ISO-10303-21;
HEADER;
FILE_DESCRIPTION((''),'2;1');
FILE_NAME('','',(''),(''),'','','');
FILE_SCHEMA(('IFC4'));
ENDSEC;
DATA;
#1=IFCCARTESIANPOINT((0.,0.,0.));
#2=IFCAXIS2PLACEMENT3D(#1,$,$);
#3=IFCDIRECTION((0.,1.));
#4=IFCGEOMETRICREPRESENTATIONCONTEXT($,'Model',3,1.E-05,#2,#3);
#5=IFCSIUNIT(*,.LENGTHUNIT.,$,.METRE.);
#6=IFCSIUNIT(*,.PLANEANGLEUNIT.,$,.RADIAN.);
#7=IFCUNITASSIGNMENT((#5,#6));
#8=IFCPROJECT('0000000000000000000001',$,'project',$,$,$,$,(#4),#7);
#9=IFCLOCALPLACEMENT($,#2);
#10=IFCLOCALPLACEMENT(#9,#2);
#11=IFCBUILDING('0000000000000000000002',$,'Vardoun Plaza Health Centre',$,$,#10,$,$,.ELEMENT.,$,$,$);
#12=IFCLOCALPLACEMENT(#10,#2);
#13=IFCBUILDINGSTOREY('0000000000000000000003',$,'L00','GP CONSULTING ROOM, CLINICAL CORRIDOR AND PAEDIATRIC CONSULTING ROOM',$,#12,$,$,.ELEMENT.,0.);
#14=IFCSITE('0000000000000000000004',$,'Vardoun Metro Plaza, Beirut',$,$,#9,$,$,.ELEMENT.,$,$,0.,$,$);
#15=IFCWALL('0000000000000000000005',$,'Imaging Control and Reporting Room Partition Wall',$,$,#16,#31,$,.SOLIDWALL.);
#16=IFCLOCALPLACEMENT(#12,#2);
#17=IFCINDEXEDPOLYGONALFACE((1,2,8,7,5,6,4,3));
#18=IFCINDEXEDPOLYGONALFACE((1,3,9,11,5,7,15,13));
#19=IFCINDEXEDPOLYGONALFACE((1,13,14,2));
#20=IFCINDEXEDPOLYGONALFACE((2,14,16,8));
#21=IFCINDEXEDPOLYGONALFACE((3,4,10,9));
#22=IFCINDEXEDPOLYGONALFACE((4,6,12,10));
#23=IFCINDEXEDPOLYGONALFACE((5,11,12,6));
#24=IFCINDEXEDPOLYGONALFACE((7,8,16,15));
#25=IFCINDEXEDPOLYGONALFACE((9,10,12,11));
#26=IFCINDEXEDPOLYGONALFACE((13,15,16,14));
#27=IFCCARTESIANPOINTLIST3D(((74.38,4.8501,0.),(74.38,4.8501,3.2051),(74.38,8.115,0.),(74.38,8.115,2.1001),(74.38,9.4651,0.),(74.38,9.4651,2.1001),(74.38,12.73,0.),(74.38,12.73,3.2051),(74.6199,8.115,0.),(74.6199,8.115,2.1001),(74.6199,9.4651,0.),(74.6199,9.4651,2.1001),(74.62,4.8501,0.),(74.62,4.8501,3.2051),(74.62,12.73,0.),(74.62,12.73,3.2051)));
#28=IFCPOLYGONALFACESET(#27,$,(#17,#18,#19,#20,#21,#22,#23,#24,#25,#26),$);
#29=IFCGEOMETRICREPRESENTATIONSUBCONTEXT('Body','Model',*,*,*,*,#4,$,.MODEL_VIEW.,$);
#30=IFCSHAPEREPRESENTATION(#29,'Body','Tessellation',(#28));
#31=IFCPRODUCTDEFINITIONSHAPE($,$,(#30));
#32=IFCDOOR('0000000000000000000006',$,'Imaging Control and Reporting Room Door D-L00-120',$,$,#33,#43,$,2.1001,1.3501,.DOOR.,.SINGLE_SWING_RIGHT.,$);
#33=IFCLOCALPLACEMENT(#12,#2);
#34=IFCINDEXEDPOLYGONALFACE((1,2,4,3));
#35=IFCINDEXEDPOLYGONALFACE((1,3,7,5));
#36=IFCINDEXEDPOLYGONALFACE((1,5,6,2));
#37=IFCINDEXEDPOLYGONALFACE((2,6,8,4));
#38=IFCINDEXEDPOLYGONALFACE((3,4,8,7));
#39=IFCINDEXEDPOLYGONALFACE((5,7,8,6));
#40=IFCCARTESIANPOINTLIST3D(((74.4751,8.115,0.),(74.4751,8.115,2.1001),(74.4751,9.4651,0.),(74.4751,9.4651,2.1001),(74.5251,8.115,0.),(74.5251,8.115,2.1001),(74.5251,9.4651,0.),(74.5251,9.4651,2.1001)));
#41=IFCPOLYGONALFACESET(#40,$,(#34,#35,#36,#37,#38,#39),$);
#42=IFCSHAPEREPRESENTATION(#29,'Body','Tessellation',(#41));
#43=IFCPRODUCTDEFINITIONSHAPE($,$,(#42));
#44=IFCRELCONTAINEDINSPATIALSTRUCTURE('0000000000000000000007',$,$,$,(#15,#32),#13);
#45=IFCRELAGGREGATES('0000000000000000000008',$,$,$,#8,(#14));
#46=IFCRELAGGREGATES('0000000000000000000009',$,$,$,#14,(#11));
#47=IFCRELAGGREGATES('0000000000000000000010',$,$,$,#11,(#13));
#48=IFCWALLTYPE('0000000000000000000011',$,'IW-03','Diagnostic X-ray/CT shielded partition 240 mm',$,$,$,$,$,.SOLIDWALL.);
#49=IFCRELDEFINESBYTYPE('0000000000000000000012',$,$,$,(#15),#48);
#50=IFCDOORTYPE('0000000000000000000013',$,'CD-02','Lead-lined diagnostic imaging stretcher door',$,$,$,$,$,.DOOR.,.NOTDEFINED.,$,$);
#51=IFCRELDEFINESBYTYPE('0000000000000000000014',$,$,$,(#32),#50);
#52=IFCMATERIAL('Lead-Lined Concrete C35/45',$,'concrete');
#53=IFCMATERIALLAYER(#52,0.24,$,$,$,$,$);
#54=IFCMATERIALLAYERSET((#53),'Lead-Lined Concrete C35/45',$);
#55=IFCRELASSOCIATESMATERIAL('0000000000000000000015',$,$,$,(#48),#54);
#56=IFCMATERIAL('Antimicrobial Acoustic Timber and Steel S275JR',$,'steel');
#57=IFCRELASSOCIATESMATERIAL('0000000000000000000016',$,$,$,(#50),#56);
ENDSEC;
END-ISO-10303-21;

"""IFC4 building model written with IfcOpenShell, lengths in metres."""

from ifc_helpers import new_model, si_unit, direction, frame, frame_2d, origin, place, context, subcontext, project, spatial, rectangle, extrude, material, layer, layer_set, type_object, element, fill, save


model = new_model("IFC4")

# Units and contexts
model_context = context("Model", 3, precision=1e-05, world=origin(), true_north=direction((0.0, 1.0)))
body_context = subcontext(model_context, "Body", "Model", "MODEL_VIEW")
ifc_project = project(units=[si_unit("LENGTHUNIT", "METRE"), si_unit("PLANEANGLEUNIT", "RADIAN")], contexts=[model_context])

# Site, building, storey
site_placement = place(None, origin())
site = spatial("IfcSite", under=ifc_project, at=site_placement, Name="Vardoun Metro Plaza, Beirut", CompositionType="ELEMENT", RefElevation=0.0)
building_placement = place(site_placement, origin())
building = spatial("IfcBuilding", under=site, at=building_placement, Name="Vardoun Plaza Health Centre", CompositionType="ELEMENT")
storey_placement = place(building_placement, origin())
storey = spatial("IfcBuildingStorey", under=building, at=storey_placement, Name="L00", Description="GP CONSULTING ROOM, CLINICAL CORRIDOR AND PAEDIATRIC CONSULTING ROOM", CompositionType="ELEMENT", Elevation=0.0)

# Wall, opening, door
ifc_material_1 = material(Name="Lead-Lined Concrete C35/45", Category="concrete")
ifc_layer_1 = layer(ifc_material_1, 0.24)
ifc_layer_set_1 = layer_set([ifc_layer_1], Name="Lead-Lined Concrete C35/45")
wall_type_1 = type_object("IfcWallType", Name="IW-03", Description="Diagnostic X-ray/CT shielded partition 240 mm", PredefinedType="SOLIDWALL", material=ifc_layer_set_1)
wall_1_placement = place(storey_placement, frame((74.5, 4.8501, 0.0), z_axis=(0.0, 0.0, 1.0), x_axis=(0.0, 1.0, 0.0)))
wall_1 = element("IfcWall", 1, at=wall_1_placement, inside=storey, type_object=wall_type_1, Name="Imaging Control and Reporting Room Partition Wall", PredefinedType="SOLIDWALL", context=body_context, shape_type="SweptSolid", body=[
    extrude(rectangle(XDim=7.8799, YDim=0.24, at=frame_2d((3.9399, 0.0))), origin(), (0.0, 0.0, 1.0), 3.2051),
])
opening_1_placement = place(wall_1_placement, frame((3.2649, 0.0, 0.0)))
opening_1 = element("IfcOpeningElement", 2, at=opening_1_placement, cuts=wall_1, PredefinedType="OPENING", context=body_context, shape_type="SweptSolid", body=[
    extrude(rectangle(XDim=1.3501, YDim=2.1001, at=frame_2d((0.675, 1.05))), frame((0.0, 0.1201, 0.0), z_axis=(0.0, -1.0, 0.0), x_axis=(1.0, 0.0, 0.0)), (0.0, 0.0, 1.0), 0.24),
])
ifc_material_2 = material(Name="Antimicrobial Acoustic Timber and Steel S275JR", Category="steel")
door_type_1 = type_object("IfcDoorType", Name="CD-02", Description="Lead-lined diagnostic imaging stretcher door", OperationType="NOTDEFINED", PredefinedType="DOOR", material=ifc_material_2)
door_1_placement = place(opening_1_placement, origin())
door_1 = element("IfcDoor", 3, at=door_1_placement, inside=storey, type_object=door_type_1, Name="Imaging Control and Reporting Room Door D-L00-120", OperationType="SINGLE_SWING_RIGHT", OverallHeight=2.1001, OverallWidth=1.3501, PredefinedType="DOOR", context=body_context, shape_type="SweptSolid", body=[
    extrude(rectangle(XDim=1.3501, YDim=2.1001, at=frame_2d((0.675, 1.05))), frame((0.0, 0.0249, 0.0), z_axis=(0.0, -1.0, 0.0), x_axis=(1.0, 0.0, 0.0)), (0.0, 0.0, 1.0), 0.05),
])
fill(opening_1, door_1)

save(model, "model.ifc")
